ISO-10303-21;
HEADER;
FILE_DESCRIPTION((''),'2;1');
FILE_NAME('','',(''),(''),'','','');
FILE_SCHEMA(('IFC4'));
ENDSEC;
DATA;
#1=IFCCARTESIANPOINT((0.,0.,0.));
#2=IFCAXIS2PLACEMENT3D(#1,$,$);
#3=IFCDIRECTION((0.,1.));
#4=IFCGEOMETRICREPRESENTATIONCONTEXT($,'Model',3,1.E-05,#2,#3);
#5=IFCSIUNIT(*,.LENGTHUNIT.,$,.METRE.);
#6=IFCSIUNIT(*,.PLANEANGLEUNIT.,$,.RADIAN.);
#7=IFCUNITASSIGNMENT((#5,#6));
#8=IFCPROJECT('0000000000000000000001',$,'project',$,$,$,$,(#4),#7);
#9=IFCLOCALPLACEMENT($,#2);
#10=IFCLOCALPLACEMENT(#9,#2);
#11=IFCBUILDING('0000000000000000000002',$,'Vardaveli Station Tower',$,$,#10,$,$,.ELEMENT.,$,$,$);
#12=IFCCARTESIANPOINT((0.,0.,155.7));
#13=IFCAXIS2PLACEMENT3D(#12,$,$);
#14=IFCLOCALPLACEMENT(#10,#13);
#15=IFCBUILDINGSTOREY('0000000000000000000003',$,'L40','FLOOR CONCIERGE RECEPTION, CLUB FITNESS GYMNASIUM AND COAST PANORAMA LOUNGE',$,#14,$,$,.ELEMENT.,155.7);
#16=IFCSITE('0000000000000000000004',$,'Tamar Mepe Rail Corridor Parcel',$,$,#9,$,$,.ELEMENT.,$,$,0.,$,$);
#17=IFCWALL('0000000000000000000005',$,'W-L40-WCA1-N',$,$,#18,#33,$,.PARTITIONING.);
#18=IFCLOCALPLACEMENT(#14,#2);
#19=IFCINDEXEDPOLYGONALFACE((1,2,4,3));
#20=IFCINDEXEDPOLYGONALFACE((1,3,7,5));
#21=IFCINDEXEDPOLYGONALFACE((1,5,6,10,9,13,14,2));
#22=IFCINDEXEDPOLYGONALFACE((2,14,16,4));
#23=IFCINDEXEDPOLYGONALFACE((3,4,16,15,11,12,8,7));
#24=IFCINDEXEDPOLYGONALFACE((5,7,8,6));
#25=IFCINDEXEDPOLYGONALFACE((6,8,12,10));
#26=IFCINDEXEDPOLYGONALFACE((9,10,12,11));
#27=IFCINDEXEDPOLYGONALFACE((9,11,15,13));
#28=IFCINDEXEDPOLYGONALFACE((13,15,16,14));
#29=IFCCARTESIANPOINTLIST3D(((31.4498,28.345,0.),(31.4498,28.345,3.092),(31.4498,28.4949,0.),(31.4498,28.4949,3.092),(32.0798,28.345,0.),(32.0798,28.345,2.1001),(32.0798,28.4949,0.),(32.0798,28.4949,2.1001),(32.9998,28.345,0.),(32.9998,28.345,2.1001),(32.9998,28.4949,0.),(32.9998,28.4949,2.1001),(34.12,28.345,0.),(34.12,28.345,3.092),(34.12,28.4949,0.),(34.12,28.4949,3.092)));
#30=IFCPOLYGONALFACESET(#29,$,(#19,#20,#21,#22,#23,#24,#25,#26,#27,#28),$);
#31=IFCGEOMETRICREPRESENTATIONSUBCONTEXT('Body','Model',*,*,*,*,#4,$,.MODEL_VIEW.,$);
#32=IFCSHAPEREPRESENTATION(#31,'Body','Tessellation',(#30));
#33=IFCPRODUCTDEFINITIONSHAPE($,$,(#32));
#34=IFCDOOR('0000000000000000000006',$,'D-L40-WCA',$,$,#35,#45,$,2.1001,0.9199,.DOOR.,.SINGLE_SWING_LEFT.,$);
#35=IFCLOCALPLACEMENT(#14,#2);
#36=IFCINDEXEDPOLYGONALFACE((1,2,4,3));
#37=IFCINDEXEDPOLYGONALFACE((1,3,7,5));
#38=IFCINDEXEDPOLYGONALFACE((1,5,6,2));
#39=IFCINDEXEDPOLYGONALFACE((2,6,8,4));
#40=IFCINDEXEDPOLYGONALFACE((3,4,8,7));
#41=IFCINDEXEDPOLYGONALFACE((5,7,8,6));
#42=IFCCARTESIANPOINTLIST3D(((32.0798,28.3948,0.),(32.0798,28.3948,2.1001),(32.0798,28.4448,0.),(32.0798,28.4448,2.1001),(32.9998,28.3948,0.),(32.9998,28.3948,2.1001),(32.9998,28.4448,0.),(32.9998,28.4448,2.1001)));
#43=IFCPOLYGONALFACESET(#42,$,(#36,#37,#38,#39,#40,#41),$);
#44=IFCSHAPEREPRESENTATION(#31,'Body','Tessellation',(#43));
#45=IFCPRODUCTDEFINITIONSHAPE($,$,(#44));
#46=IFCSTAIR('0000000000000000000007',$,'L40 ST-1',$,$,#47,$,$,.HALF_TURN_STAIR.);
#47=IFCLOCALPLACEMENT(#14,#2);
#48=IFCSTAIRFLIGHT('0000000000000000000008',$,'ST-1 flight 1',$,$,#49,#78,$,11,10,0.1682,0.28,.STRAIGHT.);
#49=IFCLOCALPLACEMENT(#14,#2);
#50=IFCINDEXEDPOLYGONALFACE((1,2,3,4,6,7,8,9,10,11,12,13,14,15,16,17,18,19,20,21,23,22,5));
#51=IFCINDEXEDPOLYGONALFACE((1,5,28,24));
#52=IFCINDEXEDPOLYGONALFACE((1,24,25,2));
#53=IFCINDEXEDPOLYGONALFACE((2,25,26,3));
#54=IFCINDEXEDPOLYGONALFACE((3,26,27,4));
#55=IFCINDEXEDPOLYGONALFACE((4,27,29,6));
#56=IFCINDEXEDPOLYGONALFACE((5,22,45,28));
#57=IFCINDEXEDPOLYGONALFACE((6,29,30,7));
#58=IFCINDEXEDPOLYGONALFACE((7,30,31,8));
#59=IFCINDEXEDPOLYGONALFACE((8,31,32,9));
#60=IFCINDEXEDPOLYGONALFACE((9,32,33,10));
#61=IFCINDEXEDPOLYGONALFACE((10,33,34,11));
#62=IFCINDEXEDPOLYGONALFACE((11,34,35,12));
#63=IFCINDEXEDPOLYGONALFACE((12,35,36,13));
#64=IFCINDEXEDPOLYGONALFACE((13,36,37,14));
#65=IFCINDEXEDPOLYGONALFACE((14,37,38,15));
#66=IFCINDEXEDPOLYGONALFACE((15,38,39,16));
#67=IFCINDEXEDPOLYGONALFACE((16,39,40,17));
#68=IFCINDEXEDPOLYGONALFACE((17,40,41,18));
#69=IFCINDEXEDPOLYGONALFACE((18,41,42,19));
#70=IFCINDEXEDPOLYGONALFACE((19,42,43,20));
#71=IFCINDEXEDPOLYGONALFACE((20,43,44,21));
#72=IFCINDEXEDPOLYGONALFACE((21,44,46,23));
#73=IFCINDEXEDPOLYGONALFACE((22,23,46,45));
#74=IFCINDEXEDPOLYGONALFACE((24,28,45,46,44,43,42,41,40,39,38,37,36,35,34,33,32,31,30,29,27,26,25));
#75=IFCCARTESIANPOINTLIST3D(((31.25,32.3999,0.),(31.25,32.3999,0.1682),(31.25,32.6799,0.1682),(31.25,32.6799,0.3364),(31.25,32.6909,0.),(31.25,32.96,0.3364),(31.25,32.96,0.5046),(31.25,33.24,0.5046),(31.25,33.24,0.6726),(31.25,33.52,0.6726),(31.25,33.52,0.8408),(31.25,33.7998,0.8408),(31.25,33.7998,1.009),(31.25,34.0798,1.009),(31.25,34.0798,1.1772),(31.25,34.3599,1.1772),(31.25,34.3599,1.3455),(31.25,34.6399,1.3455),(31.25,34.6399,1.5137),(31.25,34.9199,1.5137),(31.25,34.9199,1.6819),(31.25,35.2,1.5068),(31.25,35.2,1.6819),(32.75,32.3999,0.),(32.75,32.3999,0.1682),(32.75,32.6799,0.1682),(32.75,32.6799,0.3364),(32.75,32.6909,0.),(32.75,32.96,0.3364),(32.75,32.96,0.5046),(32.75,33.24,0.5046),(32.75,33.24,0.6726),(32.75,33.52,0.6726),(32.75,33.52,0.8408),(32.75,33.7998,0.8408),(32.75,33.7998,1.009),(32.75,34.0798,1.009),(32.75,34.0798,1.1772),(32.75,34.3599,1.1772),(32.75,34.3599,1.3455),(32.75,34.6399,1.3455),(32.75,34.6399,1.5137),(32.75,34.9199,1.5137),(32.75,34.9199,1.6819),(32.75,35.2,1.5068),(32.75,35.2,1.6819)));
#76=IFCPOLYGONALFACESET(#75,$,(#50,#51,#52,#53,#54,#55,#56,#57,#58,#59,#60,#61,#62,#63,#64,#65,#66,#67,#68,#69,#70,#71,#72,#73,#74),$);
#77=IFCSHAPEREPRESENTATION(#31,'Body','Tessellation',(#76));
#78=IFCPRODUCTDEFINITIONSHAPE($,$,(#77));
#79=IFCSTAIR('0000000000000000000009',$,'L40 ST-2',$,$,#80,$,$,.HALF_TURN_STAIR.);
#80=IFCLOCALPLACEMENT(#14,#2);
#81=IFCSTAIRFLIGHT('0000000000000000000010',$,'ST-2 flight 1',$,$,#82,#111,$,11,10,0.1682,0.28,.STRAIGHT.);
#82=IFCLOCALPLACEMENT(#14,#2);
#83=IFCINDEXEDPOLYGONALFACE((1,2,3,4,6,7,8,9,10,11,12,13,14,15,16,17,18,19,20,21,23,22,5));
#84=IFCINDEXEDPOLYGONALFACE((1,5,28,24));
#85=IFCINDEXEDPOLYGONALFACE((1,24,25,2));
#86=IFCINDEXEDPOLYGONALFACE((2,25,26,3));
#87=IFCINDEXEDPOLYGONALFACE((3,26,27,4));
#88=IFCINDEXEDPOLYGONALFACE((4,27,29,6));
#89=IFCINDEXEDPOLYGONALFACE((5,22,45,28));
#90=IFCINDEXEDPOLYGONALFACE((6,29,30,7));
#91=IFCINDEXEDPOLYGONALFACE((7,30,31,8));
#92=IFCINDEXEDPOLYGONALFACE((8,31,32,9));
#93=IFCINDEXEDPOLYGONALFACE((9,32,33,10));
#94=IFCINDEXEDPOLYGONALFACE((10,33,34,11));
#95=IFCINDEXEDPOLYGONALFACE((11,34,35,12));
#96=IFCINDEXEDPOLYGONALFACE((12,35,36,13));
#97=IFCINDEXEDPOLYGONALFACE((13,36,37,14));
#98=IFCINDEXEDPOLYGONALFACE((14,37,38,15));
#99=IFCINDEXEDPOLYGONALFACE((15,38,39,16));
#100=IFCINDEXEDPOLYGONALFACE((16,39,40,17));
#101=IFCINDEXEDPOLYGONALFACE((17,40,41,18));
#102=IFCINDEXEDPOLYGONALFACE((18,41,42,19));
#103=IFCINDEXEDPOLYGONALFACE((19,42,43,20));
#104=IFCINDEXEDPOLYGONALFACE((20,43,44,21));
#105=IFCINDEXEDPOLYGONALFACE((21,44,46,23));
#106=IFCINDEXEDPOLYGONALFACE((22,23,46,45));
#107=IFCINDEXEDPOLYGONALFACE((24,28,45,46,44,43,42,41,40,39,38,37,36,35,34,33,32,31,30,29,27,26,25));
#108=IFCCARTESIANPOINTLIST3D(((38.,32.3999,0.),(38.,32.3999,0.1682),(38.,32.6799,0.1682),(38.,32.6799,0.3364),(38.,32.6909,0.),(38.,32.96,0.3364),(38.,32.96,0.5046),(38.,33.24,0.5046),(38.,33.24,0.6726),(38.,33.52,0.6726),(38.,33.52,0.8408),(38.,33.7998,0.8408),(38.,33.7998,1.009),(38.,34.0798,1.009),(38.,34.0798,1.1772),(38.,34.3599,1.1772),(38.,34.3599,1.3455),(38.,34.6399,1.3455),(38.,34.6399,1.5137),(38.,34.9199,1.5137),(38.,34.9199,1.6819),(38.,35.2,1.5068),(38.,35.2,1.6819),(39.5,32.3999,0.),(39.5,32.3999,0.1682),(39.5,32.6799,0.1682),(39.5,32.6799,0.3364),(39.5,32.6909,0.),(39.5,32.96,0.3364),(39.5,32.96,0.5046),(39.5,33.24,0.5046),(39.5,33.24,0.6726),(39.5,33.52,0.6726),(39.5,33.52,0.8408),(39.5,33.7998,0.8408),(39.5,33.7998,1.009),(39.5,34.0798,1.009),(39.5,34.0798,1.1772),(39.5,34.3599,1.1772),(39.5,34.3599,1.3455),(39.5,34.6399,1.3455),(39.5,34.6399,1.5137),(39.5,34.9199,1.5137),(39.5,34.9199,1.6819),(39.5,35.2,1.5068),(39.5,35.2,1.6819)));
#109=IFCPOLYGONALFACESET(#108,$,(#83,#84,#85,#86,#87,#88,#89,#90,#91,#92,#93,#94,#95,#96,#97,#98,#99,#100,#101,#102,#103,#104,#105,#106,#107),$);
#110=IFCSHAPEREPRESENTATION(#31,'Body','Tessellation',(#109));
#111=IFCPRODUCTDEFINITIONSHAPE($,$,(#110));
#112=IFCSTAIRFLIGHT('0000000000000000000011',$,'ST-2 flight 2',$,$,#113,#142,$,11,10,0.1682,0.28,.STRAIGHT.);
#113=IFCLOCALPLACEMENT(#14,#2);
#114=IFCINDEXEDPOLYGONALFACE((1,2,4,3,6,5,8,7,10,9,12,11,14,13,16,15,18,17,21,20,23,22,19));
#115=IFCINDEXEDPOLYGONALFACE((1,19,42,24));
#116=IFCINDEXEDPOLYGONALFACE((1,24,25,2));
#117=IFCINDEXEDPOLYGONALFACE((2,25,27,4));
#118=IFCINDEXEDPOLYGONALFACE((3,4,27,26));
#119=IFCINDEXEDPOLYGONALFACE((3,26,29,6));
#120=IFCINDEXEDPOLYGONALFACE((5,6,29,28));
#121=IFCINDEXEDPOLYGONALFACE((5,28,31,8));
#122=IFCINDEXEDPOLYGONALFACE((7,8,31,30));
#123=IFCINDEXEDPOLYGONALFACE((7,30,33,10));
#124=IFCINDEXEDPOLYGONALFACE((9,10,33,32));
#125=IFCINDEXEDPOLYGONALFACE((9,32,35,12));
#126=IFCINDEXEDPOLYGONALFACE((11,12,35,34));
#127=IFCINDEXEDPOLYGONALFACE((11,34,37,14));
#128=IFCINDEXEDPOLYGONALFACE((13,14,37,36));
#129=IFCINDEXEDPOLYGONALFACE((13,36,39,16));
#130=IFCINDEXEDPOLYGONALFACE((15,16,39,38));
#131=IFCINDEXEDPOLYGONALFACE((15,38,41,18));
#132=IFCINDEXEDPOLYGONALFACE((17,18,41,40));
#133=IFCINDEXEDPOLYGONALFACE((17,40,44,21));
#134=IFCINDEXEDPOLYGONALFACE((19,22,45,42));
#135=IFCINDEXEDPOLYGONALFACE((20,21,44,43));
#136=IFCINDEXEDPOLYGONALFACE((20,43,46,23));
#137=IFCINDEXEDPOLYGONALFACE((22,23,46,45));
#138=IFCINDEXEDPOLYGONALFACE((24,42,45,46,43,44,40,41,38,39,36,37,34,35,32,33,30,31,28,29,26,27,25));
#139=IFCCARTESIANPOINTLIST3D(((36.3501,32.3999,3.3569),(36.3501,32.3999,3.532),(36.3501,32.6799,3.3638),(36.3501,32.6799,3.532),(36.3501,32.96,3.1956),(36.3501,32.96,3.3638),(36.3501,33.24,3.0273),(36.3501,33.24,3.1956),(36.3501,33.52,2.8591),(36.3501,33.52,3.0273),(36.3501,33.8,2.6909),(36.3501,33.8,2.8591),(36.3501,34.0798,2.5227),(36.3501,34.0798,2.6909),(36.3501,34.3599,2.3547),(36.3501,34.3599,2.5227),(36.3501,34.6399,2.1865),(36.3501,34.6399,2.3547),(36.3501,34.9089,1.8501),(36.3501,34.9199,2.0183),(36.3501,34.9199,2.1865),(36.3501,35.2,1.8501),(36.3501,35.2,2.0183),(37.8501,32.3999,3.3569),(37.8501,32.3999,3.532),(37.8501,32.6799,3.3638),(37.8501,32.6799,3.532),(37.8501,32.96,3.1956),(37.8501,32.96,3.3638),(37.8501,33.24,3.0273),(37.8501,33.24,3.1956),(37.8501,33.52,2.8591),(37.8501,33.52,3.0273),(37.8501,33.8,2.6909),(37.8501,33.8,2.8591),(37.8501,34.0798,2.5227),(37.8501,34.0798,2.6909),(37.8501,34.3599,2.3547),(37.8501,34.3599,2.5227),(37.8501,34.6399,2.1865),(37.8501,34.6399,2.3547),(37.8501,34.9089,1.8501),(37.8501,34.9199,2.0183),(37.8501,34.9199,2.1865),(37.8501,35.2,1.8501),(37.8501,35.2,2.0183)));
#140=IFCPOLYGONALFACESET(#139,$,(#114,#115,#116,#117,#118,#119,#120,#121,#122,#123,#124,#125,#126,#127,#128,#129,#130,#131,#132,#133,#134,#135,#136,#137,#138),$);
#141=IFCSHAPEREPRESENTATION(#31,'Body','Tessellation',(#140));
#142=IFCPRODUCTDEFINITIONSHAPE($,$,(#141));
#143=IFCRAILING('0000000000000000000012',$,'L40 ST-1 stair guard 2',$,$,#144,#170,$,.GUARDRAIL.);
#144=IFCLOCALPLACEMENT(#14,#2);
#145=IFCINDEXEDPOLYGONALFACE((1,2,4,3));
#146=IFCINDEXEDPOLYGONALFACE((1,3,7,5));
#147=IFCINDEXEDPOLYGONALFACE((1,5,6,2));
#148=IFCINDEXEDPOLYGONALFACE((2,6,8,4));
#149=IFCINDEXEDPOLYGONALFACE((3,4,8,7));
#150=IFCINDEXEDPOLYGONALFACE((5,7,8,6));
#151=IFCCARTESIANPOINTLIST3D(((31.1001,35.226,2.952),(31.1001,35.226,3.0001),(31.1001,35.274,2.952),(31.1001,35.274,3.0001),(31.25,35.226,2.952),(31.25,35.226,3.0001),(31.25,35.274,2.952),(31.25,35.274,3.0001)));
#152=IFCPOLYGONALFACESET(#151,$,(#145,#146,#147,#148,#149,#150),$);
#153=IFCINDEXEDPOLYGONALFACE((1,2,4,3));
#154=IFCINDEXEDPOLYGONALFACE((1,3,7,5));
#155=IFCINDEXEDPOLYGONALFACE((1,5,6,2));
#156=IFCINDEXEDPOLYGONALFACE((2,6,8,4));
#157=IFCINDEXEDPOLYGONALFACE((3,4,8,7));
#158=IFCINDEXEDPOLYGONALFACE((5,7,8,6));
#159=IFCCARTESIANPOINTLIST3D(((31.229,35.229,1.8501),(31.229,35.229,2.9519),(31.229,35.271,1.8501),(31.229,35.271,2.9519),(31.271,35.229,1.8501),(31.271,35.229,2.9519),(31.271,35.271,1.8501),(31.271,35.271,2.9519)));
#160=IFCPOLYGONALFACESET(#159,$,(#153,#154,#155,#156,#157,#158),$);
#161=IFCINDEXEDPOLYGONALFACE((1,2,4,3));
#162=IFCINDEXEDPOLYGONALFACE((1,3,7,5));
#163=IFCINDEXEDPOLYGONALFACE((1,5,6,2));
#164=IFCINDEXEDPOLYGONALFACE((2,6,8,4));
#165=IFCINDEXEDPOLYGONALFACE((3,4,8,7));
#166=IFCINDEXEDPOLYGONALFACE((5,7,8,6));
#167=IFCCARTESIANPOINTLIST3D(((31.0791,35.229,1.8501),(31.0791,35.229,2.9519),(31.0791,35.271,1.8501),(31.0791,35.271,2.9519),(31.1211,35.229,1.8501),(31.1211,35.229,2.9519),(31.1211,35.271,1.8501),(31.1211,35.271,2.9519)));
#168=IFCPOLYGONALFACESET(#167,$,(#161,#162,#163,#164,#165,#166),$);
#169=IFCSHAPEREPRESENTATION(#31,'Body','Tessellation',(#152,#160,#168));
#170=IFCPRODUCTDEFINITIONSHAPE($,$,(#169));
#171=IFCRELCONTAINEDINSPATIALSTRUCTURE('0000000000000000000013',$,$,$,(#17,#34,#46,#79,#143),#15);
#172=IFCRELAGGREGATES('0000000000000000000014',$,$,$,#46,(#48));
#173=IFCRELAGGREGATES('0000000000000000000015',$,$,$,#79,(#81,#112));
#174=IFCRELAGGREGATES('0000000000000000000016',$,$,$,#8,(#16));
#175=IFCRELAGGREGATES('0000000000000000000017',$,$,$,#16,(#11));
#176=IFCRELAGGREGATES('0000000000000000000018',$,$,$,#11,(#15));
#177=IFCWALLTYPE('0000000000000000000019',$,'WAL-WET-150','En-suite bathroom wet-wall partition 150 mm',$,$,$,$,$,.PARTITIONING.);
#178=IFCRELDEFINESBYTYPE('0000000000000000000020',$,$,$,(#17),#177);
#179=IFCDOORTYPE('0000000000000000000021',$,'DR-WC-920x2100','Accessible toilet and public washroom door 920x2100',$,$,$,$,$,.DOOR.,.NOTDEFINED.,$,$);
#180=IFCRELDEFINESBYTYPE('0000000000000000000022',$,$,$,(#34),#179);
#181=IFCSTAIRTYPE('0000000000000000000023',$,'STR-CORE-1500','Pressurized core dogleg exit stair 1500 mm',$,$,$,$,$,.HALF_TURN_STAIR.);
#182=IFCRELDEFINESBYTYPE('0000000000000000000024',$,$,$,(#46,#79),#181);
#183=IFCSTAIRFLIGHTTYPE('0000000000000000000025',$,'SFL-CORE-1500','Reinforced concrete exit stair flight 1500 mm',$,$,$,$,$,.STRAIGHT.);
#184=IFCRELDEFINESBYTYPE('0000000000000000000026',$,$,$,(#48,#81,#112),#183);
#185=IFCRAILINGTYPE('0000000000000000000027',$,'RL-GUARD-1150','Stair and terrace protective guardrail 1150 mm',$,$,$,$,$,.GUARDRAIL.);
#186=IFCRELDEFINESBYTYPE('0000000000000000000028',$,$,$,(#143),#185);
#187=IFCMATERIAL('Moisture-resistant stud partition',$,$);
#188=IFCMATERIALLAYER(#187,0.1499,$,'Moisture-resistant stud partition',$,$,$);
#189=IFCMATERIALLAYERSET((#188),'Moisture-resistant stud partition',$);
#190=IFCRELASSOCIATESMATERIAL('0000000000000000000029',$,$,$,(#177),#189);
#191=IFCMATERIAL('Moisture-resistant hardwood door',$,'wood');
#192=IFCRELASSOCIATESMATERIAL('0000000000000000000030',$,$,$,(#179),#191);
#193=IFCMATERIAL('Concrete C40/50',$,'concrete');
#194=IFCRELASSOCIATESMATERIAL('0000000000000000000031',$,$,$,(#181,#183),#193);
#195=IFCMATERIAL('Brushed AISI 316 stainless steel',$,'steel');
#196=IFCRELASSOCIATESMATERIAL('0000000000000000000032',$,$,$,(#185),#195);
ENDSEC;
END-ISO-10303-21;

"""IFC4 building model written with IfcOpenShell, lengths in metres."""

from ifc_helpers import new_model, si_unit, direction, frame, frame_2d, origin, origin_2d, place, context, subcontext, project, spatial, polyline, rectangle, outline, extrude, source, transform, mapped, material, layer, layer_set, type_object, element, fill, aggregate, save


model = new_model("IFC4")

# Units and contexts
model_context = context("Model", 3, precision=1e-05, world=origin(), true_north=direction((0.0, 1.0)))
body_context = subcontext(model_context, "Body", "Model", "MODEL_VIEW")
ifc_project = project(units=[si_unit("LENGTHUNIT", "METRE"), si_unit("PLANEANGLEUNIT", "RADIAN")], contexts=[model_context])

# Site, building, storey
site_placement = place(None, origin())
site = spatial("IfcSite", under=ifc_project, at=site_placement, Name="Tamar Mepe Rail Corridor Parcel", CompositionType="ELEMENT", RefElevation=0.0)
building_placement = place(site_placement, origin())
building = spatial("IfcBuilding", under=site, at=building_placement, Name="Vardaveli Station Tower", CompositionType="ELEMENT")
storey_placement = place(building_placement, frame((0.0, 0.0, 155.7)))
storey = spatial("IfcBuildingStorey", under=building, at=storey_placement, Name="L40", Description="FLOOR CONCIERGE RECEPTION, CLUB FITNESS GYMNASIUM AND COAST PANORAMA LOUNGE", CompositionType="ELEMENT", Elevation=155.7)

# Shared definitions
ifc_material_1 = material(Name="Concrete C40/50", Category="concrete")

# Wall, opening, door
ifc_material_2 = material(Name="Moisture-resistant stud partition")
ifc_layer_1 = layer(ifc_material_2, 0.1499, Name="Moisture-resistant stud partition")
ifc_layer_set_1 = layer_set([ifc_layer_1], Name="Moisture-resistant stud partition")
wall_type_1 = type_object("IfcWallType", Name="WAL-WET-150", Description="En-suite bathroom wet-wall partition 150 mm", PredefinedType="PARTITIONING", material=ifc_layer_set_1)
shared_shape_1 = source(origin(), body_context, "Body", "SweptSolid", [
    extrude(rectangle(XDim=2.6702, YDim=0.1499, at=frame_2d((1.335, 0.0))), origin(), (0.0, 0.0, 1.0), 3.092),
])
wall_1_placement = place(storey_placement, frame((31.45, 28.4199, 0.0), z_axis=(0.0, 0.0, 1.0), x_axis=(1.0, 0.0, 0.0)))
wall_1 = element("IfcWall", 1, at=wall_1_placement, inside=storey, type_object=wall_type_1, Name="W-L40-WCA1-N", PredefinedType="PARTITIONING", context=body_context, shape_type="MappedRepresentation", body=[
    mapped(shared_shape_1, transform((0.0, 0.0, 0.0), scale=1.0)),
])
shared_shape_2 = source(origin(), body_context, "Body", "SweptSolid", [
    extrude(rectangle(XDim=0.9199, YDim=2.1001, at=frame_2d((0.46, 1.05))), frame((0.0, 0.085, 0.0), z_axis=(0.0, -1.0, 0.0), x_axis=(1.0, 0.0, 0.0)), (0.0, 0.0, 1.0), 0.1699),
])
opening_1_placement = place(wall_1_placement, frame((0.6299, 0.0, 0.0)))
opening_1 = element("IfcOpeningElement", 2, at=opening_1_placement, cuts=wall_1, PredefinedType="OPENING", context=body_context, shape_type="MappedRepresentation", body=[
    mapped(shared_shape_2, transform((0.0, 0.0, 0.0), scale=1.0)),
])
ifc_material_3 = material(Name="Moisture-resistant hardwood door", Category="wood")
door_type_1 = type_object("IfcDoorType", Name="DR-WC-920x2100", Description="Accessible toilet and public washroom door 920x2100", OperationType="NOTDEFINED", PredefinedType="DOOR", material=ifc_material_3)
shared_shape_3 = source(origin(), body_context, "Body", "SweptSolid", [
    extrude(rectangle(XDim=0.9199, YDim=2.1001, at=frame_2d((0.46, 1.05))), frame((0.0, 0.0249, 0.0), z_axis=(0.0, -1.0, 0.0), x_axis=(1.0, 0.0, 0.0)), (0.0, 0.0, 1.0), 0.05),
])
door_1_placement = place(opening_1_placement, origin())
door_1 = element("IfcDoor", 3, at=door_1_placement, inside=storey, type_object=door_type_1, Name="D-L40-WCA", OperationType="SINGLE_SWING_LEFT", OverallHeight=2.1001, OverallWidth=0.9199, PredefinedType="DOOR", context=body_context, shape_type="MappedRepresentation", body=[
    mapped(shared_shape_3, transform((0.0, 0.0, 0.0), scale=1.0)),
])
fill(opening_1, door_1)

# Stair, stair flight
stair_type = type_object("IfcStairType", Name="STR-CORE-1500", Description="Pressurized core dogleg exit stair 1500 mm", PredefinedType="HALF_TURN_STAIR", material=ifc_material_1)
stair_1_placement = place(storey_placement, origin())
stair_1 = element("IfcStair", 4, at=stair_1_placement, inside=storey, type_object=stair_type, Name="L40 ST-1", PredefinedType="HALF_TURN_STAIR")
stair_flight_type = type_object("IfcStairFlightType", Name="SFL-CORE-1500", Description="Reinforced concrete exit stair flight 1500 mm", PredefinedType="STRAIGHT", material=ifc_material_1)
shared_shape_4 = source(origin(), body_context, "Body", "SweptSolid", [
    extrude(outline(polyline([(0.0, 0.0), (0.0, 0.1682), (0.28, 0.1682), (0.28, 0.3364), (0.5601, 0.3364), (0.5601, 0.5046), (0.8401, 0.5046), (0.8401, 0.6726), (1.1201, 0.6726), (1.1201, 0.8408), (1.3999, 0.8408), (1.3999, 1.009), (1.6799, 1.009), (1.6799, 1.1772), (1.96, 1.1772), (1.96, 1.3455), (2.24, 1.3455), (2.24, 1.5137), (2.52, 1.5137), (2.52, 1.6819), (2.8, 1.6819), (2.8, 1.8501), (2.8, 1.5068), (0.291, 0.0), (0.0, 0.0)])), frame((0.0, 0.75, 0.0), z_axis=(0.0, -1.0, 0.0), x_axis=(1.0, 0.0, 0.0)), (0.0, 0.0, 1.0), 1.5),
])
stair_flight_1_placement = place(storey_placement, frame((32.0, 32.3999, 0.0), z_axis=(0.0, 0.0, 1.0), x_axis=(0.0, 1.0, 0.0)))
stair_flight_1 = element("IfcStairFlight", 5, at=stair_flight_1_placement, type_object=stair_flight_type, Name="ST-1 flight 1", NumberOfRisers=11, NumberOfTreads=10, PredefinedType="STRAIGHT", RiserHeight=0.1682, TreadLength=0.28, context=body_context, shape_type="MappedRepresentation", body=[
    mapped(shared_shape_4, transform((0.0, 0.0, 0.0), scale=1.0)),
])
aggregate(stair_1, [stair_flight_1])

# Stair, stair flights
stair_2_placement = place(storey_placement, origin())
stair_2 = element("IfcStair", 6, at=stair_2_placement, inside=storey, type_object=stair_type, Name="L40 ST-2", PredefinedType="HALF_TURN_STAIR")
stair_flight_2_placement = place(storey_placement, frame((38.75, 32.3999, 0.0), z_axis=(0.0, 0.0, 1.0), x_axis=(0.0, 1.0, 0.0)))
stair_flight_2 = element("IfcStairFlight", 7, at=stair_flight_2_placement, type_object=stair_flight_type, Name="ST-2 flight 1", NumberOfRisers=11, NumberOfTreads=10, PredefinedType="STRAIGHT", RiserHeight=0.1682, TreadLength=0.28, context=body_context, shape_type="MappedRepresentation", body=[
    mapped(shared_shape_4, transform((0.0, 0.0, 0.0), scale=1.0)),
])
stair_flight_3_placement = place(storey_placement, frame((37.1001, 35.2, 1.8501), z_axis=(0.0, 0.0, 1.0), x_axis=(0.0, -1.0, 0.0)))
stair_flight_3 = element("IfcStairFlight", 8, at=stair_flight_3_placement, type_object=stair_flight_type, Name="ST-2 flight 2", NumberOfRisers=11, NumberOfTreads=10, PredefinedType="STRAIGHT", RiserHeight=0.1682, TreadLength=0.28, context=body_context, shape_type="MappedRepresentation", body=[
    mapped(shared_shape_4, transform((0.0, 0.0, 0.0), scale=1.0)),
])
aggregate(stair_2, [stair_flight_2, stair_flight_3])

# Railing
ifc_material_4 = material(Name="Brushed AISI 316 stainless steel", Category="steel")
railing_type_1 = type_object("IfcRailingType", Name="RL-GUARD-1150", Description="Stair and terrace protective guardrail 1150 mm", PredefinedType="GUARDRAIL", material=ifc_material_4)
shared_shape_5 = source(origin(), body_context, "Body", "SweptSolid", [
    extrude(rectangle(XDim=0.0481, YDim=0.0481, at=origin_2d()), frame((0.0, 0.0, 1.126), z_axis=(-1.0, 0.0, 0.0), x_axis=(0.0, -1.0, 0.0)), (0.0, 0.0, 1.0), 0.1499),
    extrude(rectangle(XDim=0.042, YDim=0.042, at=origin_2d()), origin(), (0.0, 0.0, 1.0), 1.1018),
    extrude(rectangle(XDim=0.042, YDim=0.042, at=origin_2d()), frame((-0.1499, 0.0, 0.0)), (0.0, 0.0, 1.0), 1.1018),
])
for number, where, name in (
    (9, (31.25, 35.25, 1.8501), "L40 ST-1 stair guard 2"),
):
    element("IfcRailing", number, at=place(storey_placement, frame(where)), inside=storey, type_object=railing_type_1, Name=name, PredefinedType="GUARDRAIL", context=body_context, shape_type="MappedRepresentation", body=[
        mapped(shared_shape_5, transform((0.0, 0.0, 0.0), scale=1.0)),
    ])

save(model, "model.ifc")
